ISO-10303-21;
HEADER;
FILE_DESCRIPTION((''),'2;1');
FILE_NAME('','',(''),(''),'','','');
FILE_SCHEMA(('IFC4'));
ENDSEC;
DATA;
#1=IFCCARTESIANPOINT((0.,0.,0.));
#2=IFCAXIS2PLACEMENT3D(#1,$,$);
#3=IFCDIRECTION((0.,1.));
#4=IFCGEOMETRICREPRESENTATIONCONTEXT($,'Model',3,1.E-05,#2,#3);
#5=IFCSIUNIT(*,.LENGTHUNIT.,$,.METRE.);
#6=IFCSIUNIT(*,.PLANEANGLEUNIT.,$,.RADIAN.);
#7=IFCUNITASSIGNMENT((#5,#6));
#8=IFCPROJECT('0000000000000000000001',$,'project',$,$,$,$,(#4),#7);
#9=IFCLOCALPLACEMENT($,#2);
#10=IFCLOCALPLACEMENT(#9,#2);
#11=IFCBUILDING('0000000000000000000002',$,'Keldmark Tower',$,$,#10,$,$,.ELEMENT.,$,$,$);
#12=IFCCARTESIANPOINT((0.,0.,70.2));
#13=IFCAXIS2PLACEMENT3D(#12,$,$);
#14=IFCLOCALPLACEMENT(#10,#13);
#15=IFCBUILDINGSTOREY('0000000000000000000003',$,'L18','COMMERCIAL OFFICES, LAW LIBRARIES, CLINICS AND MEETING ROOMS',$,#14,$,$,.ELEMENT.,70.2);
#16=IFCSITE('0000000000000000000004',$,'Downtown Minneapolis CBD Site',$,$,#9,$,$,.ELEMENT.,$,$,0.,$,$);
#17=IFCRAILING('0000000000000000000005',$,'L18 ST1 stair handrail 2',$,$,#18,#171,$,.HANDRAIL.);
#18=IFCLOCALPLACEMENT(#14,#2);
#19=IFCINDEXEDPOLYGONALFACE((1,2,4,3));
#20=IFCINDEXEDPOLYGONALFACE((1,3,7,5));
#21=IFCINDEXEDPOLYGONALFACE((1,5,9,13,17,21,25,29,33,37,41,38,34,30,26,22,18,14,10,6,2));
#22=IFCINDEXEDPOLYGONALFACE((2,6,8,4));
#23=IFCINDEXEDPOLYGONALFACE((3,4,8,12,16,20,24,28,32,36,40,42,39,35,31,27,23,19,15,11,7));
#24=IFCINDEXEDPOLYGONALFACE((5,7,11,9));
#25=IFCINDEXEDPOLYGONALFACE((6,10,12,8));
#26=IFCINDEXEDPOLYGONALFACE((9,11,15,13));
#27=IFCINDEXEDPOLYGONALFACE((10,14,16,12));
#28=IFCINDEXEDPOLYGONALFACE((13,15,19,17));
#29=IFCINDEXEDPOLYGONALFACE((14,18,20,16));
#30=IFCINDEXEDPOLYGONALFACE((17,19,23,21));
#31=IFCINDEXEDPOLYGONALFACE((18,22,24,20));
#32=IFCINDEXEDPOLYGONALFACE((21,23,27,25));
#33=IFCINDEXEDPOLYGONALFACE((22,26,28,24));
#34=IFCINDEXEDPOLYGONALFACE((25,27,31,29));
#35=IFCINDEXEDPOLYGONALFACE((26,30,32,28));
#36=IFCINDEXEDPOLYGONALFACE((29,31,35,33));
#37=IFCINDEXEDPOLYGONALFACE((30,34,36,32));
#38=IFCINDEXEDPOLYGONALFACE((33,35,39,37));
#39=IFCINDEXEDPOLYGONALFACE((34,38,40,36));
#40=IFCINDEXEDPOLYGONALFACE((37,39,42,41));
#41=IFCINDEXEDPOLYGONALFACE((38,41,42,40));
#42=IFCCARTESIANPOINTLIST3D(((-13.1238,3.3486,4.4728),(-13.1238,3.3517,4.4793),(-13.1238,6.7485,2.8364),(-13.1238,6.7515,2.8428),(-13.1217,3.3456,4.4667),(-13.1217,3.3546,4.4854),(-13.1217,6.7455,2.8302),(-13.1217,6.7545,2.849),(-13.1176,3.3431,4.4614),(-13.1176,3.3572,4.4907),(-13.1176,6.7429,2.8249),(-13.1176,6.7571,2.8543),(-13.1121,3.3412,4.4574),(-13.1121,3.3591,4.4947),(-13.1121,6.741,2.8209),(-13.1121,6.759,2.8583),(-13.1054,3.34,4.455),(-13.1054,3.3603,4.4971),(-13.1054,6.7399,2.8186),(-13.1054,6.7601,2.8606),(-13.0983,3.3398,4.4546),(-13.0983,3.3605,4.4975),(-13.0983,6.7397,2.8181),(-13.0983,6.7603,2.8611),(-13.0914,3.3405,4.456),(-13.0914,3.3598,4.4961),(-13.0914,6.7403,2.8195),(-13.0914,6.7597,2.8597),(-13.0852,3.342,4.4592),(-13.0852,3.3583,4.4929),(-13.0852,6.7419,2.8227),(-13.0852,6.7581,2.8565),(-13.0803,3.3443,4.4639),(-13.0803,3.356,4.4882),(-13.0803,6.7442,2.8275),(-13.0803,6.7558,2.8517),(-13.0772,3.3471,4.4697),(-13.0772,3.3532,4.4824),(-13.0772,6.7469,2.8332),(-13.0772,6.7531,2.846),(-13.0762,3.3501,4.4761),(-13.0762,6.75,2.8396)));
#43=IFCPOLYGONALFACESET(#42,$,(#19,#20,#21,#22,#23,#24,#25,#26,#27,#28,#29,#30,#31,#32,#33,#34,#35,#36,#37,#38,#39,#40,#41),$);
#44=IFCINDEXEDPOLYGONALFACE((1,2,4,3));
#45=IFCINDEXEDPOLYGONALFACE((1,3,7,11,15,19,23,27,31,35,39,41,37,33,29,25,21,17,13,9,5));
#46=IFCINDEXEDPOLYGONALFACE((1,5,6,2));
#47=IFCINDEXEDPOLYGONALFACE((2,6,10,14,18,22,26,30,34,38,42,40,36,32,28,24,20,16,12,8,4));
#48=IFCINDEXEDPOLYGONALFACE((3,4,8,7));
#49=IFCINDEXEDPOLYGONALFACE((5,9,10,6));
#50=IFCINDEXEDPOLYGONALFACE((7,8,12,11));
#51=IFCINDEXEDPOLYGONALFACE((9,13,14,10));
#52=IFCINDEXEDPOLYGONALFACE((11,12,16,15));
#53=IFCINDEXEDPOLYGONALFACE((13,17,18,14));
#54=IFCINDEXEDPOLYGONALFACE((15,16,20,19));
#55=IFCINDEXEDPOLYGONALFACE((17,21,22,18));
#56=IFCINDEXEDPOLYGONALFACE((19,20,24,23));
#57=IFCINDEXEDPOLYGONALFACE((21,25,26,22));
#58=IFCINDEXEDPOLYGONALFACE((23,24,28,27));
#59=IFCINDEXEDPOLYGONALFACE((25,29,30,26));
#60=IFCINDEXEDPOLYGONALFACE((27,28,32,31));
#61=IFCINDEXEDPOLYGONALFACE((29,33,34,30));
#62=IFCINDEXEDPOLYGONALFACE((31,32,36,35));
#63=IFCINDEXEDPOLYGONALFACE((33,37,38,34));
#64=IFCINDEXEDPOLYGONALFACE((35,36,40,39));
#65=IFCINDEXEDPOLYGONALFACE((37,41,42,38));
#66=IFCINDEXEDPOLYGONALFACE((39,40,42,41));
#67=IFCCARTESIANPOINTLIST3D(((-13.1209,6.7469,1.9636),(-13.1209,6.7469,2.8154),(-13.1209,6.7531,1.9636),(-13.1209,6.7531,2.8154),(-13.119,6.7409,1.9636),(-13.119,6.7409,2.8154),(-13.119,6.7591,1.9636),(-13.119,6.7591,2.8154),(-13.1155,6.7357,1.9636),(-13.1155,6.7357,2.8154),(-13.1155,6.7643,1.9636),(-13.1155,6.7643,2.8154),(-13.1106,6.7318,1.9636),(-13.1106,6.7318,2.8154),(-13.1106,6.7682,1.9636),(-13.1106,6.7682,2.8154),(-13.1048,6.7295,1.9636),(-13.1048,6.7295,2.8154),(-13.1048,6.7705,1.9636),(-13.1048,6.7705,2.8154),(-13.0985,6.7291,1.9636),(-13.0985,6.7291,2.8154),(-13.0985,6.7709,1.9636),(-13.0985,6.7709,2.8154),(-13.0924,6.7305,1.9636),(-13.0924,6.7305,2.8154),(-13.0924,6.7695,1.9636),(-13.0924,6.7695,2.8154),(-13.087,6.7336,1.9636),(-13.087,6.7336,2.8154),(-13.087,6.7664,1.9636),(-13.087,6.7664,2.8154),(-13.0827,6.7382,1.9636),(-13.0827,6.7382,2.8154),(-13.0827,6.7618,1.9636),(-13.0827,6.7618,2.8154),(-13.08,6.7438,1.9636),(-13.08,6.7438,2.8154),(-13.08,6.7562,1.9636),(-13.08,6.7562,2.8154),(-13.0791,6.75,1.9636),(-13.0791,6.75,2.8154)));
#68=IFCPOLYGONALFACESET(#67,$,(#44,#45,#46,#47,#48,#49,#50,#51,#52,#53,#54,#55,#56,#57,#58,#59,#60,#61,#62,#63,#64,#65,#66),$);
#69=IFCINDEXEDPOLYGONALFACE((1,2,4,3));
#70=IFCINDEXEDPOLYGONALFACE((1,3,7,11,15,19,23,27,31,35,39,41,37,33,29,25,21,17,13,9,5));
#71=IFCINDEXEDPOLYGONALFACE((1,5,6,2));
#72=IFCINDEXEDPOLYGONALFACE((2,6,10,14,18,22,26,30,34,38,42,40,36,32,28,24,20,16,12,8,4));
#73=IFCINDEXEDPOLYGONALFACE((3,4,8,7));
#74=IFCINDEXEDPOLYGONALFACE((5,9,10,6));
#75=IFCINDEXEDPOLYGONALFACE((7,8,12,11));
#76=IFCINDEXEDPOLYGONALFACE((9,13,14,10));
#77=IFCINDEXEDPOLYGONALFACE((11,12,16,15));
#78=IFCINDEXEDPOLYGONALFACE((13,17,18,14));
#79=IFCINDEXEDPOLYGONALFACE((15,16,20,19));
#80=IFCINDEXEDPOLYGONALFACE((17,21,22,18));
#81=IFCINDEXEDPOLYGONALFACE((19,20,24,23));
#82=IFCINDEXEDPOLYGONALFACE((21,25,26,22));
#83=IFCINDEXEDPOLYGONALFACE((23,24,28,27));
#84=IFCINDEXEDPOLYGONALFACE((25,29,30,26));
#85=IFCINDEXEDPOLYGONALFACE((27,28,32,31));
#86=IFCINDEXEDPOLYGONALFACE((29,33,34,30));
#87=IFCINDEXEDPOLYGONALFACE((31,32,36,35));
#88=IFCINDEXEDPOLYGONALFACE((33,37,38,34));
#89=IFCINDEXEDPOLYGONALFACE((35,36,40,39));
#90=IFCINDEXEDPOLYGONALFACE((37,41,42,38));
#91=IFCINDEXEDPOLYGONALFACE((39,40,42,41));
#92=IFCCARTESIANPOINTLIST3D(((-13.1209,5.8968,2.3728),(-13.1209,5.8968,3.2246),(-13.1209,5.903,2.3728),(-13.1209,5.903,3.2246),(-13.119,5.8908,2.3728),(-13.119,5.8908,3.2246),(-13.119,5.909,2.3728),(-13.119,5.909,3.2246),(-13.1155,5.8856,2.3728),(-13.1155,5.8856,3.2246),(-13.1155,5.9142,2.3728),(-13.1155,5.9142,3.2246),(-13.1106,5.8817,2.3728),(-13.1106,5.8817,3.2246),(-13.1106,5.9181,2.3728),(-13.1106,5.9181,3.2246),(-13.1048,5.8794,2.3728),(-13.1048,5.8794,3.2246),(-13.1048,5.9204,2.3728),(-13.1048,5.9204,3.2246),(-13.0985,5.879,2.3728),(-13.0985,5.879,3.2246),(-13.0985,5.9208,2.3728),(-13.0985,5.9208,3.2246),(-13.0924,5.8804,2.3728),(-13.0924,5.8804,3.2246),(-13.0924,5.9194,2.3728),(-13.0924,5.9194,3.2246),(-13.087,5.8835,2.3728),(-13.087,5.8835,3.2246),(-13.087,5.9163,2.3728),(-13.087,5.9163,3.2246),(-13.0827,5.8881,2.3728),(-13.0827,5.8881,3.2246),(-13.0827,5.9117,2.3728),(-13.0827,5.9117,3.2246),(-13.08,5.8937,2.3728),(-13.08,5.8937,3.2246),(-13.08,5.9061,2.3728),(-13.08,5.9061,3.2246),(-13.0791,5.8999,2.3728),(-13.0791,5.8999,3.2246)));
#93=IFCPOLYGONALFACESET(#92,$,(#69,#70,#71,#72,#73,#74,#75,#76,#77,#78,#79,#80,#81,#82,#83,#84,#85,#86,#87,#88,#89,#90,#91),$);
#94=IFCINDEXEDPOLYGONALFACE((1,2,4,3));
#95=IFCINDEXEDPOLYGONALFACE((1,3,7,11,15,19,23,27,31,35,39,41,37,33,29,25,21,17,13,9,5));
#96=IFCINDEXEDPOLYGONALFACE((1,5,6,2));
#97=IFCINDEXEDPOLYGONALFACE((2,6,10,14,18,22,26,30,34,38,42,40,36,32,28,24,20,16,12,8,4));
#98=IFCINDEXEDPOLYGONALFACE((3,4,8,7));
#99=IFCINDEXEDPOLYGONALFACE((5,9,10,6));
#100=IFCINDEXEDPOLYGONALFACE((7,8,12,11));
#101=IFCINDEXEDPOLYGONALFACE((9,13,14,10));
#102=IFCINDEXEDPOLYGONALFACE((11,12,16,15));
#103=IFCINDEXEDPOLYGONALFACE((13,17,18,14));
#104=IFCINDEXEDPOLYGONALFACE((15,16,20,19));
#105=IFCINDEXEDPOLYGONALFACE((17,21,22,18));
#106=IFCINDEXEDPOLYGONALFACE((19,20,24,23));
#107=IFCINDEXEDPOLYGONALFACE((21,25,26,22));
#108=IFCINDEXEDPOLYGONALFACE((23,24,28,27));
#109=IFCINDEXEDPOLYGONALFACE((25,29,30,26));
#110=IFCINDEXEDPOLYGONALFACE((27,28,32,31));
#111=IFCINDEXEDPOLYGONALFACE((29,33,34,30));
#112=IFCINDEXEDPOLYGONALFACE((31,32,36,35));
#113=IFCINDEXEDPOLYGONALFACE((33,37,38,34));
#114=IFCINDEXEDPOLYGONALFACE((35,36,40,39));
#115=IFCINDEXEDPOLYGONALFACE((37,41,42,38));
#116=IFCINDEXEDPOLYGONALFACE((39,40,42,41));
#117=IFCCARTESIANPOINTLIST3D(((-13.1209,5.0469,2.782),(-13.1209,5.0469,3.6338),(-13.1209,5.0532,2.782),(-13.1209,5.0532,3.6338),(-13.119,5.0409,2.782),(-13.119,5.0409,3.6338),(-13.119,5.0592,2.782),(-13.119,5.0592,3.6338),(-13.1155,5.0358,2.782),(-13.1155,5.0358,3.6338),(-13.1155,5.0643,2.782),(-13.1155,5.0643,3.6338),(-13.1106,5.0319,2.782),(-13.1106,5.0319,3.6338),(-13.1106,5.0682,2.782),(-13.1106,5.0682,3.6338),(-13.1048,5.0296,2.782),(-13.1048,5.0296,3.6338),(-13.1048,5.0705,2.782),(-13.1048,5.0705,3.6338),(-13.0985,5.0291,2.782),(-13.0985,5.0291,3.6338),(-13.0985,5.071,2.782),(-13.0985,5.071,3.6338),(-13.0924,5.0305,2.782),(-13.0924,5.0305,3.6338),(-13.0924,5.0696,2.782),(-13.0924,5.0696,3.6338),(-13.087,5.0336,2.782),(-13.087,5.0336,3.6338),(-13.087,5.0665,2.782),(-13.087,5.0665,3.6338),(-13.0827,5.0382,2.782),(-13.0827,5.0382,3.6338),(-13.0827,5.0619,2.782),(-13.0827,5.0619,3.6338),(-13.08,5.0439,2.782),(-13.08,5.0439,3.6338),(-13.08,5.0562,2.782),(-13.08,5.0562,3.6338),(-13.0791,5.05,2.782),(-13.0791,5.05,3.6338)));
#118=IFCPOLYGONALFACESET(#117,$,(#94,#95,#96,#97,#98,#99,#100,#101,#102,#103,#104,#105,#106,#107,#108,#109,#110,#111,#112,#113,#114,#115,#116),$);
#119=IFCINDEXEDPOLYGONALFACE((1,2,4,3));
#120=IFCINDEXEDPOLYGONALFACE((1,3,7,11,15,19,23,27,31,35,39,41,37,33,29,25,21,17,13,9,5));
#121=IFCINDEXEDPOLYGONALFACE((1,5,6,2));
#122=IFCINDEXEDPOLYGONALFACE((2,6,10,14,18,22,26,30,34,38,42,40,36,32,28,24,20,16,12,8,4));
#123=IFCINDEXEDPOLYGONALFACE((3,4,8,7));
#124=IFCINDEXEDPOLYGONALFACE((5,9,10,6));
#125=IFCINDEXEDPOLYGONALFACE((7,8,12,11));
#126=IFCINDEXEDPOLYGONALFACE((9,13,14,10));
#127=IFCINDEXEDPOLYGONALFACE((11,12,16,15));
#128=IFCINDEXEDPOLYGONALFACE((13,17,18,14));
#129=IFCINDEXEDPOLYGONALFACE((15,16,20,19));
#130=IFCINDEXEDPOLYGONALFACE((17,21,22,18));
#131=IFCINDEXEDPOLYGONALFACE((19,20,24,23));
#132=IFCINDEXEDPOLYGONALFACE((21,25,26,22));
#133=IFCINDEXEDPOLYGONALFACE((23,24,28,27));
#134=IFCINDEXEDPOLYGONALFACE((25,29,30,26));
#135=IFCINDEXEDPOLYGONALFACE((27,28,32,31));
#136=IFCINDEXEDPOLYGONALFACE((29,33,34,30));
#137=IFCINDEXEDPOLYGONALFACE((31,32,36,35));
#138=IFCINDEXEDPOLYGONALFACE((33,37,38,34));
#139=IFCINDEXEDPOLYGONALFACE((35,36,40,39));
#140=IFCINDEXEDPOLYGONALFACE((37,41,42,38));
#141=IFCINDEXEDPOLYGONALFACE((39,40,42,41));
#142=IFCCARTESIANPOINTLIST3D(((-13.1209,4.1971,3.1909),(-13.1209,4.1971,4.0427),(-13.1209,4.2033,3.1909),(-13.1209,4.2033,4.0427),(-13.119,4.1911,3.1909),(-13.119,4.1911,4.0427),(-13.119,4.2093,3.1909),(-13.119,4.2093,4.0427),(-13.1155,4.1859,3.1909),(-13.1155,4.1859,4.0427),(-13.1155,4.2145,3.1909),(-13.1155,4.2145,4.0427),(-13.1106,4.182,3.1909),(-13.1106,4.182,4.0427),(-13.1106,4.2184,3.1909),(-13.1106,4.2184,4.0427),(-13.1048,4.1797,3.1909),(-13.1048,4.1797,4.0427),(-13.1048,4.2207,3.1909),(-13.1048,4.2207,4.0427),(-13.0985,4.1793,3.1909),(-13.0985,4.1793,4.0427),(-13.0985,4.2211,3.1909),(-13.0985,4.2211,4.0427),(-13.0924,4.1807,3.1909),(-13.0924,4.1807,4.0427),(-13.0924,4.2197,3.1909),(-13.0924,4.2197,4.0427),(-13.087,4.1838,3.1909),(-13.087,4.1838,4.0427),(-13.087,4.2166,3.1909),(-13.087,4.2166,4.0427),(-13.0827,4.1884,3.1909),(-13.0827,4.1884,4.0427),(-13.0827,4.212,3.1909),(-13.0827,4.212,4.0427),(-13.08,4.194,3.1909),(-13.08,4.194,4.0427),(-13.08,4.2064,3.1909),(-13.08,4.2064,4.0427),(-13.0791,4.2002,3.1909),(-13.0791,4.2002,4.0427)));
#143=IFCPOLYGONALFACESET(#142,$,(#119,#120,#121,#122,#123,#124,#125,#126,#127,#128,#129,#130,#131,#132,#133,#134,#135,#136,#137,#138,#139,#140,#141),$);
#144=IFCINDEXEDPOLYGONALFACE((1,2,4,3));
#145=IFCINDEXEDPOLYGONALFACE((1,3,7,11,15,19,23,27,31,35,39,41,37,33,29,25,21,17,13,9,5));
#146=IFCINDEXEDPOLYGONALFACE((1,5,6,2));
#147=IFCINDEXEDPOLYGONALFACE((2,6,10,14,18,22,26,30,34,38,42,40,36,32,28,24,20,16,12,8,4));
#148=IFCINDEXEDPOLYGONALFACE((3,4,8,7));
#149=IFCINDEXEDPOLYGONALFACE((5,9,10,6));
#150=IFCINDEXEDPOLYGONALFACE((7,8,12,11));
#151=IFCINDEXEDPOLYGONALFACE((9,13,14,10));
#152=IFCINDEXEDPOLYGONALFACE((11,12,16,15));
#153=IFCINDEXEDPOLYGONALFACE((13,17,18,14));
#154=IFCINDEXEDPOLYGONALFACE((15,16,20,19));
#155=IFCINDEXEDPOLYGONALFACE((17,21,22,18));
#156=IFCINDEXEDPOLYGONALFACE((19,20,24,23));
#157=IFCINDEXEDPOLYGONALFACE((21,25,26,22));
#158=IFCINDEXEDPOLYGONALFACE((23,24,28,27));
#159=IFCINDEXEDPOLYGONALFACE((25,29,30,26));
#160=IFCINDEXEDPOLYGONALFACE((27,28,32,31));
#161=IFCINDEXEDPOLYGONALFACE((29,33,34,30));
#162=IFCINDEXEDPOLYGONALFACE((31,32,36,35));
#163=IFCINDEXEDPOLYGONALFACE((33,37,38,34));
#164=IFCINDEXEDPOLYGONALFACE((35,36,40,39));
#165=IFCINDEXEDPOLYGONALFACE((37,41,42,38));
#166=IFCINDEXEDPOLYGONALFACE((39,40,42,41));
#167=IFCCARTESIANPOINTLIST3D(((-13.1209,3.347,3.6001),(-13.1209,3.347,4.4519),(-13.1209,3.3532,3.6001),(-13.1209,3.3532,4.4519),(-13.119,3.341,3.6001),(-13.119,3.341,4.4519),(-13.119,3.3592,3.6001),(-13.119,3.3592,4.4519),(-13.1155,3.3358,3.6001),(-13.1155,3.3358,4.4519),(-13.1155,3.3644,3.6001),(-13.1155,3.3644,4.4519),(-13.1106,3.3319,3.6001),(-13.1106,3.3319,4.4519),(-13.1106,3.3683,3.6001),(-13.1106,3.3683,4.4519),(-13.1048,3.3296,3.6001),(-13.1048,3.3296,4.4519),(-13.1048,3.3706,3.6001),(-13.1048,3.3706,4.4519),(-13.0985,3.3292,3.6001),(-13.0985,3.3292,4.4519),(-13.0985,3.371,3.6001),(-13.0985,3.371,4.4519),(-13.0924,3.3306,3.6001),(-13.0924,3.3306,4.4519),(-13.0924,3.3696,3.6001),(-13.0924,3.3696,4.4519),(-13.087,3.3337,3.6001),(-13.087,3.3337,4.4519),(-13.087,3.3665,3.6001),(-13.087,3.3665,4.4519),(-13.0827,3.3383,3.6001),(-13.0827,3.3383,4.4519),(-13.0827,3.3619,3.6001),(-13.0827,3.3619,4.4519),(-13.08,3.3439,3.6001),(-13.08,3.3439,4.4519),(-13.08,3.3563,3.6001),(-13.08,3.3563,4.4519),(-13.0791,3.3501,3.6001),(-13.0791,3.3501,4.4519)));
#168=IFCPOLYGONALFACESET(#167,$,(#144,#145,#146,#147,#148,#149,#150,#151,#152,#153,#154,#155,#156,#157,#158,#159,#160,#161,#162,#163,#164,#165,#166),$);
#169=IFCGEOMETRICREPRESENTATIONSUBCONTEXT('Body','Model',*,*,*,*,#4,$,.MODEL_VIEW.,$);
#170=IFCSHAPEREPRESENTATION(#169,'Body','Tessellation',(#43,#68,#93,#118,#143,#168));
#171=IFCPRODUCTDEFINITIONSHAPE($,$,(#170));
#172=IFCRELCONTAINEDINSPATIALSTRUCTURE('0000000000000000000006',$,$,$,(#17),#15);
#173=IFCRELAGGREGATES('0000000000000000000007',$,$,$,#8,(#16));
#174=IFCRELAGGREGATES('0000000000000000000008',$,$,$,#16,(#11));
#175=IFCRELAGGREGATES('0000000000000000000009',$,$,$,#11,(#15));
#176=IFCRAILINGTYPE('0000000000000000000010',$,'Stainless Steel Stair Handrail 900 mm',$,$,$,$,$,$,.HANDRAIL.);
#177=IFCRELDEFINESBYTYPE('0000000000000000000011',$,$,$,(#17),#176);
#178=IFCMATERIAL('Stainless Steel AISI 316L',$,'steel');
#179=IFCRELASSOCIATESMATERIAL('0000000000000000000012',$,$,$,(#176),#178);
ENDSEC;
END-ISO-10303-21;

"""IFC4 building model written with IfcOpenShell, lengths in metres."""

from ifc_helpers import new_model, si_unit, direction, frame, origin, origin_2d, place, context, subcontext, project, spatial, circle, extrude, material, type_object, element, save


model = new_model("IFC4")

# Units and contexts
model_context = context("Model", 3, precision=1e-05, world=origin(), true_north=direction((0.0, 1.0)))
body_context = subcontext(model_context, "Body", "Model", "MODEL_VIEW")
ifc_project = project(units=[si_unit("LENGTHUNIT", "METRE"), si_unit("PLANEANGLEUNIT", "RADIAN")], contexts=[model_context])

# Site, building, storey
site_placement = place(None, origin())
site = spatial("IfcSite", under=ifc_project, at=site_placement, Name="Downtown Minneapolis CBD Site", CompositionType="ELEMENT", RefElevation=0.0)
building_placement = place(site_placement, origin())
building = spatial("IfcBuilding", under=site, at=building_placement, Name="Keldmark Tower", CompositionType="ELEMENT")
storey_placement = place(building_placement, frame((0.0, 0.0, 70.2)))
storey = spatial("IfcBuildingStorey", under=building, at=storey_placement, Name="L18", Description="COMMERCIAL OFFICES, LAW LIBRARIES, CLINICS AND MEETING ROOMS", CompositionType="ELEMENT", Elevation=70.2)

# Railing
ifc_material_1 = material(Name="Stainless Steel AISI 316L", Category="steel")
railing_type_1 = type_object("IfcRailingType", Name="Stainless Steel Stair Handrail 900 mm", PredefinedType="HANDRAIL", material=ifc_material_1)
railing_1_placement = place(storey_placement, frame((-13.1001, 6.75, 1.9636)))
element("IfcRailing", 1, at=railing_1_placement, inside=storey, type_object=railing_type_1, Name="L18 ST1 stair handrail 2", PredefinedType="HANDRAIL", context=body_context, shape_type="SweptSolid", body=[
    extrude(circle(Radius=0.0239, at=origin_2d()), frame((0.0, 0.0, 0.876), z_axis=(0.0, -0.901055, 0.433705), x_axis=(1.0, 0.0, 0.0)), (0.0, 0.0, 1.0), 3.7732),
    extrude(circle(Radius=0.021, at=origin_2d()), origin(), (0.0, 0.0, 1.0), 0.8518),
    extrude(circle(Radius=0.021, at=origin_2d()), frame((0.0, -0.8501, 0.4092)), (0.0, 0.0, 1.0), 0.8518),
    extrude(circle(Radius=0.021, at=origin_2d()), frame((0.0, -1.7, 0.8184)), (0.0, 0.0, 1.0), 0.8518),
    extrude(circle(Radius=0.021, at=origin_2d()), frame((0.0, -2.5498, 1.2273)), (0.0, 0.0, 1.0), 0.8518),
    extrude(circle(Radius=0.021, at=origin_2d()), frame((0.0, -3.3999, 1.6365)), (0.0, 0.0, 1.0), 0.8518),
])

save(model, "model.ifc")
